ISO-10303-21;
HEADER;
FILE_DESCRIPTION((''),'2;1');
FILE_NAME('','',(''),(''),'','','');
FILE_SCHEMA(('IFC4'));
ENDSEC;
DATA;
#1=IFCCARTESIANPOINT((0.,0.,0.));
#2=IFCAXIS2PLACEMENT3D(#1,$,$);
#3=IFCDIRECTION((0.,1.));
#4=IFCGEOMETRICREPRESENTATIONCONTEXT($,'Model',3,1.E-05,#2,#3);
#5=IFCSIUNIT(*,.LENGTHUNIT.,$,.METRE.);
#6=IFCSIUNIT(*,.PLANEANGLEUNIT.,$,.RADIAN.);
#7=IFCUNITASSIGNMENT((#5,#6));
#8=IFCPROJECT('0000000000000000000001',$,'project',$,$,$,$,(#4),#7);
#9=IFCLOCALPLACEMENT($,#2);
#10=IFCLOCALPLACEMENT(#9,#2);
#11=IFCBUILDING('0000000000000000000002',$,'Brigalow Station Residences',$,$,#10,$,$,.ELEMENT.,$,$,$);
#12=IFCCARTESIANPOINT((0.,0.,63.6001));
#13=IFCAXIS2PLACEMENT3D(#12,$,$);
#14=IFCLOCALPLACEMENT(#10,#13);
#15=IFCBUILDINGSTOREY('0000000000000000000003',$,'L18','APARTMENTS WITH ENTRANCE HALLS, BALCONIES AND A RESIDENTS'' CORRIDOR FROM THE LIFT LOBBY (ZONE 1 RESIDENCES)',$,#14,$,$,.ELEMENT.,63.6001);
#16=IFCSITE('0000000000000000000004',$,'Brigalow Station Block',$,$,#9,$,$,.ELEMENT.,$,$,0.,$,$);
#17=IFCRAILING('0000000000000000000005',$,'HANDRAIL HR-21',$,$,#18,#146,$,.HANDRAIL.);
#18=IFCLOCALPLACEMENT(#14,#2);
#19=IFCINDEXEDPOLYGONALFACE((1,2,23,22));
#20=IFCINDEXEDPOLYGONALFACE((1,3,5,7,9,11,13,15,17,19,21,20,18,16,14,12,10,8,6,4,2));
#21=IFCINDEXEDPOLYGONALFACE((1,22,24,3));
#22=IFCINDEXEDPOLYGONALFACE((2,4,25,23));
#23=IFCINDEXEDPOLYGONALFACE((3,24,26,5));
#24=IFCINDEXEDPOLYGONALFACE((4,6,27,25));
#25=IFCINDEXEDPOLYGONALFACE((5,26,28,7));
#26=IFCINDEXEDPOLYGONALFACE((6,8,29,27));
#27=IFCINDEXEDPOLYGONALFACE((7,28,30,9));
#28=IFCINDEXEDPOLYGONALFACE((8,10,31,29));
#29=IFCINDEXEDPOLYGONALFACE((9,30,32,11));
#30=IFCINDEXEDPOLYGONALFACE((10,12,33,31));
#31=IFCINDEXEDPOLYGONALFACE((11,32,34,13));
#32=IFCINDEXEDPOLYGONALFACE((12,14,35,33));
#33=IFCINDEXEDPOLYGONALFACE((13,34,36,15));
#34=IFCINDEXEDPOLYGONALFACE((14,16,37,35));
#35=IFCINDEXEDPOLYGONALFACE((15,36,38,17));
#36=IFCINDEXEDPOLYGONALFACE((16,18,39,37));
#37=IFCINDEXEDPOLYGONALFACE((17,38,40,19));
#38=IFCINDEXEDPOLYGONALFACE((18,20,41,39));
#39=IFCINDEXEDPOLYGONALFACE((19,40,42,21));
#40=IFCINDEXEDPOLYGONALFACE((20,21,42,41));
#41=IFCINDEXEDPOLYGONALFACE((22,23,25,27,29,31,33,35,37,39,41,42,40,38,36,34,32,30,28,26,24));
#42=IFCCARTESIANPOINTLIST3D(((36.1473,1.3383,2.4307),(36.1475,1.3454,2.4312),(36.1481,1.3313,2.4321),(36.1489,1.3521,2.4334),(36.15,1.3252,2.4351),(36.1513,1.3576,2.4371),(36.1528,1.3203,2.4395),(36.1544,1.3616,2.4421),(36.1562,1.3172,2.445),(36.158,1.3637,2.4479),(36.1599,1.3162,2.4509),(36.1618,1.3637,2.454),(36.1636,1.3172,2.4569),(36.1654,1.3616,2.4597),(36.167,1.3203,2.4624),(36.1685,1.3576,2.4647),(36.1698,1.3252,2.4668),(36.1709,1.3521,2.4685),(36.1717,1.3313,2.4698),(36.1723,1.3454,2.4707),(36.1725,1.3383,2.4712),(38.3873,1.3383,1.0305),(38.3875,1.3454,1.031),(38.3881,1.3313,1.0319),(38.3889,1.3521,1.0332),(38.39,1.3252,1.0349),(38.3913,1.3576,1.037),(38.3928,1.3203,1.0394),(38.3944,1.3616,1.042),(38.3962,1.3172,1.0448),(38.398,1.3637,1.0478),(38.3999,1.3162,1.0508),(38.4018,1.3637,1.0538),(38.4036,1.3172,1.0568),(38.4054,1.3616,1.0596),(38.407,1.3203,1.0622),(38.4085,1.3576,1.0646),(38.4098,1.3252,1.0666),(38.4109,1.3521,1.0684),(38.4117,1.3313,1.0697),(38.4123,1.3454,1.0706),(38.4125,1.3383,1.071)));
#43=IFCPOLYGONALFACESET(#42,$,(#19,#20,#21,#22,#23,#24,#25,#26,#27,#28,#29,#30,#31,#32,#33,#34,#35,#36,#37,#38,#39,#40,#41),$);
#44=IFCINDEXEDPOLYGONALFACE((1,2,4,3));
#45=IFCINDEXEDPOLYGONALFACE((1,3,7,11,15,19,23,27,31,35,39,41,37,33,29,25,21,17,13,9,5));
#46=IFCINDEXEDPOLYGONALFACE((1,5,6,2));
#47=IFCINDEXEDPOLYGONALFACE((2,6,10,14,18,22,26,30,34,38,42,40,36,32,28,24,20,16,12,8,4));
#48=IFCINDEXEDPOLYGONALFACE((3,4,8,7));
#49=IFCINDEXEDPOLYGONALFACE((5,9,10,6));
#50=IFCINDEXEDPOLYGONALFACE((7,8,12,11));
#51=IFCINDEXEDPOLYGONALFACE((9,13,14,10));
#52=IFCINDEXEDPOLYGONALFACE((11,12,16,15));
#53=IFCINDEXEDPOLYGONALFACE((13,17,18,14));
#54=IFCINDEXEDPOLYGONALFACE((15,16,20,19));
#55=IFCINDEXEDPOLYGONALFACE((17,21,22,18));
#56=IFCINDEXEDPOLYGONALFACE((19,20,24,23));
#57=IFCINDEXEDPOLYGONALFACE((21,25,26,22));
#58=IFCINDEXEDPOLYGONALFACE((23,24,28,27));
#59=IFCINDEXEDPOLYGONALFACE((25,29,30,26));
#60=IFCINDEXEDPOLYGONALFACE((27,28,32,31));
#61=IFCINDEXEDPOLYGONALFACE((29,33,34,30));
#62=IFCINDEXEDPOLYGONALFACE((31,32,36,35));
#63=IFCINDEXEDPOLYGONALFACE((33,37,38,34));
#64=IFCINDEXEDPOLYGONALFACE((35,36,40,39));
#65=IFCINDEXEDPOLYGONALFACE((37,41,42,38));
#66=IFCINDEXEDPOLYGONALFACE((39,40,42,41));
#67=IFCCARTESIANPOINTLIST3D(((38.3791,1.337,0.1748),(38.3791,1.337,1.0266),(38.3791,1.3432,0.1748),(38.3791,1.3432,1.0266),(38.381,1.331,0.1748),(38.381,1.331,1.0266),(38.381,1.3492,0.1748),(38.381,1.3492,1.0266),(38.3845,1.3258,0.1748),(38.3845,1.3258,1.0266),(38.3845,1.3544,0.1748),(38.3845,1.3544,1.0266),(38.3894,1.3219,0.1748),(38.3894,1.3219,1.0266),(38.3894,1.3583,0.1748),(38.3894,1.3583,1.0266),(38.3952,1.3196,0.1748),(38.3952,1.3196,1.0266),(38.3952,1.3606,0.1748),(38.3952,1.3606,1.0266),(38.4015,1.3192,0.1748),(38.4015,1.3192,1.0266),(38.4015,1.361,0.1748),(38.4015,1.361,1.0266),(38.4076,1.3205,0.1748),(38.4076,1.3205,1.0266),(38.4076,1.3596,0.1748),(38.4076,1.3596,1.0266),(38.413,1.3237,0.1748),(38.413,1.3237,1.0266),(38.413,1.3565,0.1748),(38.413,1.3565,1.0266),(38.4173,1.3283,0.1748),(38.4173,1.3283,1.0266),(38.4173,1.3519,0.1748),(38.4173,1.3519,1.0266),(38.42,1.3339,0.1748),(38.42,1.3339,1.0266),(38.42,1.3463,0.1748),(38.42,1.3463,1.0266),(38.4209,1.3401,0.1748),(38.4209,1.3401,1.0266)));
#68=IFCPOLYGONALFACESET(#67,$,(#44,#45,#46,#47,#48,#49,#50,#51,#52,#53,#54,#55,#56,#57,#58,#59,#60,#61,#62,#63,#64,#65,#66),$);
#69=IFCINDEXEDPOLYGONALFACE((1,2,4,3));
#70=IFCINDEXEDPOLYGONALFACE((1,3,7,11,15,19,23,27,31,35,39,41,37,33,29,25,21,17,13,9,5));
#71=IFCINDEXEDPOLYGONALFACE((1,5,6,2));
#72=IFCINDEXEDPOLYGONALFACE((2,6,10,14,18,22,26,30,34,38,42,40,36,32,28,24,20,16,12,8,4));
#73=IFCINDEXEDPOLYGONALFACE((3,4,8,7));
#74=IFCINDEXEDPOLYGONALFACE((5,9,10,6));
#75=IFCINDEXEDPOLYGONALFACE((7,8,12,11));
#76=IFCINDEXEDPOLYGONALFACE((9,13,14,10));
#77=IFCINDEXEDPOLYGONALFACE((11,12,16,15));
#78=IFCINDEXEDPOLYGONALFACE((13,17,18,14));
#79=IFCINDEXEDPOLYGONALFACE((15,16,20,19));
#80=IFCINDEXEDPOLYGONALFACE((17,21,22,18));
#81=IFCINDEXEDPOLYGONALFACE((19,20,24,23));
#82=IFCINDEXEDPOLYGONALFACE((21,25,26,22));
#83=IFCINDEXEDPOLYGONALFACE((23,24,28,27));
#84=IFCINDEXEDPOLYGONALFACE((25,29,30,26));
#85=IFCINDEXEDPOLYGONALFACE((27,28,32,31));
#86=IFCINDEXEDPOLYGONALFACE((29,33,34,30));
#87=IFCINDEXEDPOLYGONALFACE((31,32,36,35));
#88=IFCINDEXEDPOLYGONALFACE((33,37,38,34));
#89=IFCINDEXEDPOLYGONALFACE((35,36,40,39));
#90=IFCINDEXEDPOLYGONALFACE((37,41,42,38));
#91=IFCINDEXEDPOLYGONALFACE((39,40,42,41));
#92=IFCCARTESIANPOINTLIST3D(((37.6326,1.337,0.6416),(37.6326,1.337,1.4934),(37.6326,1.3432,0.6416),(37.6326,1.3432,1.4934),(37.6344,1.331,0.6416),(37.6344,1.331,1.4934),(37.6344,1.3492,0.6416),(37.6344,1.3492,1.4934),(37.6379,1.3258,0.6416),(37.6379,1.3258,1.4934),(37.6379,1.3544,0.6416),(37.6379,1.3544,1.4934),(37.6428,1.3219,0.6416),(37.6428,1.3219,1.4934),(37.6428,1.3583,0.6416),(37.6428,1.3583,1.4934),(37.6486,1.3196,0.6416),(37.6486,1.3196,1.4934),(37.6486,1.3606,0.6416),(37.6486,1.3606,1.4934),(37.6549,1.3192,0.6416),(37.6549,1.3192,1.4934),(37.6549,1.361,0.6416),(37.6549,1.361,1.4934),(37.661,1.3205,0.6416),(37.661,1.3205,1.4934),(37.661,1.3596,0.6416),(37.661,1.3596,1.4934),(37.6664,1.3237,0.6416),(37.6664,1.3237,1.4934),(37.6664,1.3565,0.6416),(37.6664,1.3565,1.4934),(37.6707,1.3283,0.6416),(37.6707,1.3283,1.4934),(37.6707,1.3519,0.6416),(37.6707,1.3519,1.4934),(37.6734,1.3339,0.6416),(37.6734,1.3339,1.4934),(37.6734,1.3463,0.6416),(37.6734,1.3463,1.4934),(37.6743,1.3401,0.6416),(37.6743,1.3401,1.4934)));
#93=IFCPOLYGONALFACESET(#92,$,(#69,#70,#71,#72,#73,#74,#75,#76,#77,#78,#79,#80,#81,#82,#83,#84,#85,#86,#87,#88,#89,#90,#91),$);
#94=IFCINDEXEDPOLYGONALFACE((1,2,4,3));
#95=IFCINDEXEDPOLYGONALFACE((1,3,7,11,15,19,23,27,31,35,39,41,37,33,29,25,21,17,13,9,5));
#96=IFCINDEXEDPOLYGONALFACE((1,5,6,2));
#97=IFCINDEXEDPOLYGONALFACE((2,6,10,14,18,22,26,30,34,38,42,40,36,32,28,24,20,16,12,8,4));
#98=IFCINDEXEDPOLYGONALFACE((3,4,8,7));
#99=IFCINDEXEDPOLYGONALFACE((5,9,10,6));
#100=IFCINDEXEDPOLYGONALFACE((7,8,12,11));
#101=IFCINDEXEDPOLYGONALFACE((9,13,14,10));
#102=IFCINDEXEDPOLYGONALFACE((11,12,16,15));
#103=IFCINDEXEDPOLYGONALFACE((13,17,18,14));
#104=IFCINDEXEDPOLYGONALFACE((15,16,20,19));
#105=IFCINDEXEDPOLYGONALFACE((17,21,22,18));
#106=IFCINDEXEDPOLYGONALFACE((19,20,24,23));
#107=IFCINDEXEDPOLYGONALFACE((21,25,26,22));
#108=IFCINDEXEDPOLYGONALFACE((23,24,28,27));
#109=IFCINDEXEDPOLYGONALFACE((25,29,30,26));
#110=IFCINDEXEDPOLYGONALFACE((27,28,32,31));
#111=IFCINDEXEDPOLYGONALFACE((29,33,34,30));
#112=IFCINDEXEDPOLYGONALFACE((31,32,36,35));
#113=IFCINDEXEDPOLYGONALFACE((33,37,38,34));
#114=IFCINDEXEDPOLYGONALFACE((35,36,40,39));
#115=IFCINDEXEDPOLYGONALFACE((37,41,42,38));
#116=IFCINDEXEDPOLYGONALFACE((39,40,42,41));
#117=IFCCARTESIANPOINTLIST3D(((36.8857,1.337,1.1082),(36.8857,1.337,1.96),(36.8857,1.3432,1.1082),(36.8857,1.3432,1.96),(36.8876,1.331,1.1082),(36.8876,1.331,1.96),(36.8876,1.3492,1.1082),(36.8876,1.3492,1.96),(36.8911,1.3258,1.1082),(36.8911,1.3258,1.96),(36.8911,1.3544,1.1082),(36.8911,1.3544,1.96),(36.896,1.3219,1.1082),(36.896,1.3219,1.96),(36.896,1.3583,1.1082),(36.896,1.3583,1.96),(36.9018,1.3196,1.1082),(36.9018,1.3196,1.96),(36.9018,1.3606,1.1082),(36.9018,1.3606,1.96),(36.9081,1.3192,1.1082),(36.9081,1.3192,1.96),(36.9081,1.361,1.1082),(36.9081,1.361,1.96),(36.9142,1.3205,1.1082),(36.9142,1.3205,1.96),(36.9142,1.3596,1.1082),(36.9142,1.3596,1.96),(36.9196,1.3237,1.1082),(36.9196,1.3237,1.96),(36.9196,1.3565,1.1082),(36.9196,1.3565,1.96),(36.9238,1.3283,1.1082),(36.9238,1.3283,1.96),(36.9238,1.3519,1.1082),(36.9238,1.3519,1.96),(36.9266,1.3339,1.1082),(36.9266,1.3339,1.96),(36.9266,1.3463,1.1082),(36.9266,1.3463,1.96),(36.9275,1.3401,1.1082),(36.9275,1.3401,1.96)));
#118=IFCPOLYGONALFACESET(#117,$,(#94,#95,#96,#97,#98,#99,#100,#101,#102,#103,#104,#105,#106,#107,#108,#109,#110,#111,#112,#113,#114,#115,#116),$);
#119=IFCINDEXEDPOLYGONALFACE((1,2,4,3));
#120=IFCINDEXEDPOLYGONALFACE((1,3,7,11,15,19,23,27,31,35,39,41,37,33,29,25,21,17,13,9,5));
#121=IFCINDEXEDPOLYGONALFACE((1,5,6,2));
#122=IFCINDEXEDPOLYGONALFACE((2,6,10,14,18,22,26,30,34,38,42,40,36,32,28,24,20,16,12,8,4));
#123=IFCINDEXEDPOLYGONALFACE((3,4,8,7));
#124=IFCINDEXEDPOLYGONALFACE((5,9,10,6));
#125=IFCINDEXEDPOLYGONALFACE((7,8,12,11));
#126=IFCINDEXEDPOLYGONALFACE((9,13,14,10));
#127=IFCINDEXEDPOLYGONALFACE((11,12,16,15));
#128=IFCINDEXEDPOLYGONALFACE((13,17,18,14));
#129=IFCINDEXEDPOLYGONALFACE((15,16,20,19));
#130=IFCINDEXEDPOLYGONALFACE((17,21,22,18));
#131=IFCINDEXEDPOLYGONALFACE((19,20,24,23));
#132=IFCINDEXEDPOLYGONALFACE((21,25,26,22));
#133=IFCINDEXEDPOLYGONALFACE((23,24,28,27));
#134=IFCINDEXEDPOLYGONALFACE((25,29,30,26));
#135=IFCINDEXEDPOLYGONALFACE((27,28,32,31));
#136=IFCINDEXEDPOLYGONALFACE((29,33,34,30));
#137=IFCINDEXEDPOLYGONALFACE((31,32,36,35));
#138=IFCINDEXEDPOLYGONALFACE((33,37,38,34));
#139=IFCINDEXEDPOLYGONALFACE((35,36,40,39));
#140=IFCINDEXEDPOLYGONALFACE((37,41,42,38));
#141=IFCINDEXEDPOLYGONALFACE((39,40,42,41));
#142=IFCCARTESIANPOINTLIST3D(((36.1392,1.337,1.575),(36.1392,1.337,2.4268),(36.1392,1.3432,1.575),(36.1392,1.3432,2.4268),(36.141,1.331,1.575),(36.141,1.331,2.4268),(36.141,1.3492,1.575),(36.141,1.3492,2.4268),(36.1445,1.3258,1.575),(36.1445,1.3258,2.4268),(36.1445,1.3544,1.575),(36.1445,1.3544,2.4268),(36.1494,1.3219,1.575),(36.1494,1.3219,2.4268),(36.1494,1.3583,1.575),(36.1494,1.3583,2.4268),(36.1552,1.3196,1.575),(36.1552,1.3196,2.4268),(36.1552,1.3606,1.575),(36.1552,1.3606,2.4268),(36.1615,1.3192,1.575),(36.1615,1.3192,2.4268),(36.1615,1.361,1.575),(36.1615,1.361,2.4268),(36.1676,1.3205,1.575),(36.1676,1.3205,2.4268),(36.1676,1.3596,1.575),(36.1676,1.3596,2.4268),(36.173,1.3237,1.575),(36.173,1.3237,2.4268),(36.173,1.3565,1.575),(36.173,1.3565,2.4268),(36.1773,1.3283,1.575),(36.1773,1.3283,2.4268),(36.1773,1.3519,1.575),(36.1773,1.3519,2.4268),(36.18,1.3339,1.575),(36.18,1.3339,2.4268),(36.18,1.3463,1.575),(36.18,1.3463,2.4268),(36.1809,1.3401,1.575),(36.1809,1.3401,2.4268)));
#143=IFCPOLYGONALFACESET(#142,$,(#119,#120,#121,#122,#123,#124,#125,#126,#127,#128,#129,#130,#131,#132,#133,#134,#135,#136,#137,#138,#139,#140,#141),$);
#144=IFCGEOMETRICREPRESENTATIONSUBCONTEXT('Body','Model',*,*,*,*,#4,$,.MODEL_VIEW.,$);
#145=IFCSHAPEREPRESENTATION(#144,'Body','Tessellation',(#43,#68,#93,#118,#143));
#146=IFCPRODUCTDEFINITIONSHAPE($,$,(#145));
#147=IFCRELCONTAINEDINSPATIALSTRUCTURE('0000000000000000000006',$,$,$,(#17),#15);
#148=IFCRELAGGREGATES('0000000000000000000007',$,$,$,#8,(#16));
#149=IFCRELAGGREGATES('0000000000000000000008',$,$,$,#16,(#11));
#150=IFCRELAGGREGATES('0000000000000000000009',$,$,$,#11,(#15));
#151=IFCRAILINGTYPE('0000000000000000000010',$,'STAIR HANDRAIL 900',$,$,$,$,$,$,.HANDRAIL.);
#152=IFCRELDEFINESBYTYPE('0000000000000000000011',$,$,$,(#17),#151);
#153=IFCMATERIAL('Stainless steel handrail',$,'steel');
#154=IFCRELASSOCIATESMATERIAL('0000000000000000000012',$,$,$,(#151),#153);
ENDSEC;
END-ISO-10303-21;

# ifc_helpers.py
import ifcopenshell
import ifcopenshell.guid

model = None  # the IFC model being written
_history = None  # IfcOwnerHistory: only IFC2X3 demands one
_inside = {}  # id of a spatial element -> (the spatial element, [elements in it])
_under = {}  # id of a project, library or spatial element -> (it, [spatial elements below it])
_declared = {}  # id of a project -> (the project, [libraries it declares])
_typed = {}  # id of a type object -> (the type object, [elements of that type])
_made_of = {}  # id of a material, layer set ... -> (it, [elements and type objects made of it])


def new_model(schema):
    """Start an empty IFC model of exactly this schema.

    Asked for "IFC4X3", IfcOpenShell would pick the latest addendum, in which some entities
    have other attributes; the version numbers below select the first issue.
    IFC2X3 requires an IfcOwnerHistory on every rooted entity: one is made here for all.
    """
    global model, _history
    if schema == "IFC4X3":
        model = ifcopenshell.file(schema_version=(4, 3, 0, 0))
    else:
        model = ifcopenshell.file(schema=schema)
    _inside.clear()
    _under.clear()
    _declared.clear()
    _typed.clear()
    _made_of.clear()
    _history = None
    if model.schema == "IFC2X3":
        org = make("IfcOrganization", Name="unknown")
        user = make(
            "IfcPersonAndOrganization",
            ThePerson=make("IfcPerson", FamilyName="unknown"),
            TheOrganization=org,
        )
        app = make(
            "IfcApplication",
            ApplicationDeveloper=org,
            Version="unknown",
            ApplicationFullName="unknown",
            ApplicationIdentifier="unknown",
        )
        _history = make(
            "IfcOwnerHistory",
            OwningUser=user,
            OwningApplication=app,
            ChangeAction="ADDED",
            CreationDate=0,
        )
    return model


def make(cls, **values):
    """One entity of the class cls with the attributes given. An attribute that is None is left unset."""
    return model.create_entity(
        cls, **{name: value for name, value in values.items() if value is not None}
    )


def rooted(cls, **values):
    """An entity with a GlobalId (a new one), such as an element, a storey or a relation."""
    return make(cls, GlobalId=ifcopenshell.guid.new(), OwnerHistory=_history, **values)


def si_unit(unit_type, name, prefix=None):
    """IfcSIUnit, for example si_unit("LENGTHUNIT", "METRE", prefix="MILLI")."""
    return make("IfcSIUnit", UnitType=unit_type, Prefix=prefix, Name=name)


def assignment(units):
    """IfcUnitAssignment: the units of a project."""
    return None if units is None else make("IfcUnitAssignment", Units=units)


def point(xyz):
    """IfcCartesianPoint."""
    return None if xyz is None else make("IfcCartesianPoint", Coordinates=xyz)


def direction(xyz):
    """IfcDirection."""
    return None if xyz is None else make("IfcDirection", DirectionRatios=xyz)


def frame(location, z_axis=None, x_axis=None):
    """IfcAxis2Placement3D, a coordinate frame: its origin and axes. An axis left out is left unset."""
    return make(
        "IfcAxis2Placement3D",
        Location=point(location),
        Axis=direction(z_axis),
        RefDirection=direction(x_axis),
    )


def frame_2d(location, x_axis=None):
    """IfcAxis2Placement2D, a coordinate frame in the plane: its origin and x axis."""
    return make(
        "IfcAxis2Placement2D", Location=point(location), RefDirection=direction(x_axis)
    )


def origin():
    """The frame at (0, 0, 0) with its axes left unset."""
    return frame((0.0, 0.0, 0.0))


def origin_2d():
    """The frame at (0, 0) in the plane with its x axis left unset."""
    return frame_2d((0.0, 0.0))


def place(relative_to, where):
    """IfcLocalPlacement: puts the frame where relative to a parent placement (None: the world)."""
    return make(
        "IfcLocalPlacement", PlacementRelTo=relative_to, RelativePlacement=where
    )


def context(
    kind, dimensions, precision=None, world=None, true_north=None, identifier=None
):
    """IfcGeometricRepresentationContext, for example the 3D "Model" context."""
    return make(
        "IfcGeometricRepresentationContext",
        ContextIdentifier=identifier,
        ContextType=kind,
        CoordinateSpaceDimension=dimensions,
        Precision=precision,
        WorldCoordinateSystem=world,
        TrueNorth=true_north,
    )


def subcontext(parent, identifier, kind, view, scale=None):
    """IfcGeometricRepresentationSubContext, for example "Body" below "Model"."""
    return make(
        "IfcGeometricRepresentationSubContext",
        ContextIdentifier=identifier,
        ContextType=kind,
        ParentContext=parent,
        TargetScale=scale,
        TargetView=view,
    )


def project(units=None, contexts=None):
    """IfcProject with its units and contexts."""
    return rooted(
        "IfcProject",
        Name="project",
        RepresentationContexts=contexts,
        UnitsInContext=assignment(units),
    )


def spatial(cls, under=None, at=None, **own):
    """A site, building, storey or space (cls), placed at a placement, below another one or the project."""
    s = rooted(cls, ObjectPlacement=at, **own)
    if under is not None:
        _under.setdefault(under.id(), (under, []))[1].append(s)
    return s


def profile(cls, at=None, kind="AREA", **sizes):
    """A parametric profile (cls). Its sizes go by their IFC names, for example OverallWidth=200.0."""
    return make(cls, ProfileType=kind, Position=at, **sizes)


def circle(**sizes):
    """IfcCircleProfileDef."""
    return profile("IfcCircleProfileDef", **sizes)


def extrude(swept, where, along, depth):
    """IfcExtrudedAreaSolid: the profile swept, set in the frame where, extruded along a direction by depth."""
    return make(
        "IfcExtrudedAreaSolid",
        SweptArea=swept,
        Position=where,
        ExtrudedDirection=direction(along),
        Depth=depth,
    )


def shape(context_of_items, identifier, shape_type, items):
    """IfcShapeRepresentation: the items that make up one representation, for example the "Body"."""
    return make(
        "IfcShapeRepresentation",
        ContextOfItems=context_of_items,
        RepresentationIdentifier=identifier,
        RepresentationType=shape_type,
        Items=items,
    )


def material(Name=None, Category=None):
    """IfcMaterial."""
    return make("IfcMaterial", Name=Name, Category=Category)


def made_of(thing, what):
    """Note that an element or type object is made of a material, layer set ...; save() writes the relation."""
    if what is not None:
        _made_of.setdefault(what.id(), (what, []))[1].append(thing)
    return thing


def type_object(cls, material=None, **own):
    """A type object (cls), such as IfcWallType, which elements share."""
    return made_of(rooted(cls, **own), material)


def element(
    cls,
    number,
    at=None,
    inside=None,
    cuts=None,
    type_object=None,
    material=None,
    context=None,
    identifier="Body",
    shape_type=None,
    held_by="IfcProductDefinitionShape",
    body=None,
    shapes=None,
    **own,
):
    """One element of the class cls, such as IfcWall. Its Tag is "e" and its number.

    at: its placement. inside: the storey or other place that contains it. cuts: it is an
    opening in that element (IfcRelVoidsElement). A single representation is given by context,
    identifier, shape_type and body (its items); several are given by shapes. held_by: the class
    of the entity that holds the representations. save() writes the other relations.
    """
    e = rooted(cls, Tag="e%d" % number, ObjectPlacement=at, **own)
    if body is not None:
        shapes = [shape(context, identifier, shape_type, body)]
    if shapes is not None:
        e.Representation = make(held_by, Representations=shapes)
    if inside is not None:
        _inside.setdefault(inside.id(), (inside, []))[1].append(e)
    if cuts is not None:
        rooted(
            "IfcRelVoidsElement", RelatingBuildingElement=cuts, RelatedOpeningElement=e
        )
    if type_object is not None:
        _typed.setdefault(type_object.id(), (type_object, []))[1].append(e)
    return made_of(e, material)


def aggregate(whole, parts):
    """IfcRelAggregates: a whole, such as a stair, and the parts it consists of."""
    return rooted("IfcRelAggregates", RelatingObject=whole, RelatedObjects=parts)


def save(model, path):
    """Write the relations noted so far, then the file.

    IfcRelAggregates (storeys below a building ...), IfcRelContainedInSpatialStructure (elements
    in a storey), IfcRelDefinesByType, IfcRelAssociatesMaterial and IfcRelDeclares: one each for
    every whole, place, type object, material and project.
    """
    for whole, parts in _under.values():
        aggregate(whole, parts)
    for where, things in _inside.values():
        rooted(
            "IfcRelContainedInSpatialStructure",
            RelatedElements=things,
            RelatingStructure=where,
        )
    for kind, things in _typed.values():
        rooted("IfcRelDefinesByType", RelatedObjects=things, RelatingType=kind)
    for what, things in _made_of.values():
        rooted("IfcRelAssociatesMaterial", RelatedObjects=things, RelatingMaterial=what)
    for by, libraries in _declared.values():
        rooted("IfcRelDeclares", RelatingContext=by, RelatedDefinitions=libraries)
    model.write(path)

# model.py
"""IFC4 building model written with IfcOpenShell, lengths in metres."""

from ifc_helpers import new_model, si_unit, direction, frame, origin, origin_2d, place, context, subcontext, project, spatial, circle, extrude, material, type_object, element, save


model = new_model("IFC4")

# Units and contexts
model_context = context("Model", 3, precision=1e-05, world=origin(), true_north=direction((0.0, 1.0)))
body_context = subcontext(model_context, "Body", "Model", "MODEL_VIEW")
ifc_project = project(units=[si_unit("LENGTHUNIT", "METRE"), si_unit("PLANEANGLEUNIT", "RADIAN")], contexts=[model_context])

# Site, building, storey
site_placement = place(None, origin())
site = spatial("IfcSite", under=ifc_project, at=site_placement, Name="Brigalow Station Block", CompositionType="ELEMENT", RefElevation=0.0)
building_placement = place(site_placement, origin())
building = spatial("IfcBuilding", under=site, at=building_placement, Name="Brigalow Station Residences", CompositionType="ELEMENT")
storey_placement = place(building_placement, frame((0.0, 0.0, 63.6001)))
storey = spatial("IfcBuildingStorey", under=building, at=storey_placement, Name="L18", Description="APARTMENTS WITH ENTRANCE HALLS, BALCONIES AND A RESIDENTS' CORRIDOR FROM THE LIFT LOBBY (ZONE 1 RESIDENCES)", CompositionType="ELEMENT", Elevation=63.6001)

# Railing
ifc_material_1 = material(Name="Stainless steel handrail", Category="steel")
railing_type_1 = type_object("IfcRailingType", Name="STAIR HANDRAIL 900", PredefinedType="HANDRAIL", material=ifc_material_1)
railing_1_placement = place(storey_placement, frame((38.3999, 1.3401, 0.1748)))
element("IfcRailing", 1, at=railing_1_placement, inside=storey, type_object=railing_type_1, Name="HANDRAIL HR-21", PredefinedType="HANDRAIL", context=body_context, shape_type="SweptSolid", body=[
    extrude(circle(Radius=0.0239, at=origin_2d()), frame((0.0, 0.0, 0.876), z_axis=(-0.847972, 0.0, 0.53004), x_axis=(0.0, -1.0, 0.0)), (0.0, 0.0, 1.0), 2.6416),
    extrude(circle(Radius=0.021, at=origin_2d()), origin(), (0.0, 0.0, 1.0), 0.8518),
    extrude(circle(Radius=0.021, at=origin_2d()), frame((-0.7466, 0.0, 0.4668)), (0.0, 0.0, 1.0), 0.8518),
    extrude(circle(Radius=0.021, at=origin_2d()), frame((-1.4934, 0.0, 0.9333)), (0.0, 0.0, 1.0), 0.8518),
    extrude(circle(Radius=0.021, at=origin_2d()), frame((-2.24, 0.0, 1.4001)), (0.0, 0.0, 1.0), 0.8518),
])

save(model, "model.ifc")
